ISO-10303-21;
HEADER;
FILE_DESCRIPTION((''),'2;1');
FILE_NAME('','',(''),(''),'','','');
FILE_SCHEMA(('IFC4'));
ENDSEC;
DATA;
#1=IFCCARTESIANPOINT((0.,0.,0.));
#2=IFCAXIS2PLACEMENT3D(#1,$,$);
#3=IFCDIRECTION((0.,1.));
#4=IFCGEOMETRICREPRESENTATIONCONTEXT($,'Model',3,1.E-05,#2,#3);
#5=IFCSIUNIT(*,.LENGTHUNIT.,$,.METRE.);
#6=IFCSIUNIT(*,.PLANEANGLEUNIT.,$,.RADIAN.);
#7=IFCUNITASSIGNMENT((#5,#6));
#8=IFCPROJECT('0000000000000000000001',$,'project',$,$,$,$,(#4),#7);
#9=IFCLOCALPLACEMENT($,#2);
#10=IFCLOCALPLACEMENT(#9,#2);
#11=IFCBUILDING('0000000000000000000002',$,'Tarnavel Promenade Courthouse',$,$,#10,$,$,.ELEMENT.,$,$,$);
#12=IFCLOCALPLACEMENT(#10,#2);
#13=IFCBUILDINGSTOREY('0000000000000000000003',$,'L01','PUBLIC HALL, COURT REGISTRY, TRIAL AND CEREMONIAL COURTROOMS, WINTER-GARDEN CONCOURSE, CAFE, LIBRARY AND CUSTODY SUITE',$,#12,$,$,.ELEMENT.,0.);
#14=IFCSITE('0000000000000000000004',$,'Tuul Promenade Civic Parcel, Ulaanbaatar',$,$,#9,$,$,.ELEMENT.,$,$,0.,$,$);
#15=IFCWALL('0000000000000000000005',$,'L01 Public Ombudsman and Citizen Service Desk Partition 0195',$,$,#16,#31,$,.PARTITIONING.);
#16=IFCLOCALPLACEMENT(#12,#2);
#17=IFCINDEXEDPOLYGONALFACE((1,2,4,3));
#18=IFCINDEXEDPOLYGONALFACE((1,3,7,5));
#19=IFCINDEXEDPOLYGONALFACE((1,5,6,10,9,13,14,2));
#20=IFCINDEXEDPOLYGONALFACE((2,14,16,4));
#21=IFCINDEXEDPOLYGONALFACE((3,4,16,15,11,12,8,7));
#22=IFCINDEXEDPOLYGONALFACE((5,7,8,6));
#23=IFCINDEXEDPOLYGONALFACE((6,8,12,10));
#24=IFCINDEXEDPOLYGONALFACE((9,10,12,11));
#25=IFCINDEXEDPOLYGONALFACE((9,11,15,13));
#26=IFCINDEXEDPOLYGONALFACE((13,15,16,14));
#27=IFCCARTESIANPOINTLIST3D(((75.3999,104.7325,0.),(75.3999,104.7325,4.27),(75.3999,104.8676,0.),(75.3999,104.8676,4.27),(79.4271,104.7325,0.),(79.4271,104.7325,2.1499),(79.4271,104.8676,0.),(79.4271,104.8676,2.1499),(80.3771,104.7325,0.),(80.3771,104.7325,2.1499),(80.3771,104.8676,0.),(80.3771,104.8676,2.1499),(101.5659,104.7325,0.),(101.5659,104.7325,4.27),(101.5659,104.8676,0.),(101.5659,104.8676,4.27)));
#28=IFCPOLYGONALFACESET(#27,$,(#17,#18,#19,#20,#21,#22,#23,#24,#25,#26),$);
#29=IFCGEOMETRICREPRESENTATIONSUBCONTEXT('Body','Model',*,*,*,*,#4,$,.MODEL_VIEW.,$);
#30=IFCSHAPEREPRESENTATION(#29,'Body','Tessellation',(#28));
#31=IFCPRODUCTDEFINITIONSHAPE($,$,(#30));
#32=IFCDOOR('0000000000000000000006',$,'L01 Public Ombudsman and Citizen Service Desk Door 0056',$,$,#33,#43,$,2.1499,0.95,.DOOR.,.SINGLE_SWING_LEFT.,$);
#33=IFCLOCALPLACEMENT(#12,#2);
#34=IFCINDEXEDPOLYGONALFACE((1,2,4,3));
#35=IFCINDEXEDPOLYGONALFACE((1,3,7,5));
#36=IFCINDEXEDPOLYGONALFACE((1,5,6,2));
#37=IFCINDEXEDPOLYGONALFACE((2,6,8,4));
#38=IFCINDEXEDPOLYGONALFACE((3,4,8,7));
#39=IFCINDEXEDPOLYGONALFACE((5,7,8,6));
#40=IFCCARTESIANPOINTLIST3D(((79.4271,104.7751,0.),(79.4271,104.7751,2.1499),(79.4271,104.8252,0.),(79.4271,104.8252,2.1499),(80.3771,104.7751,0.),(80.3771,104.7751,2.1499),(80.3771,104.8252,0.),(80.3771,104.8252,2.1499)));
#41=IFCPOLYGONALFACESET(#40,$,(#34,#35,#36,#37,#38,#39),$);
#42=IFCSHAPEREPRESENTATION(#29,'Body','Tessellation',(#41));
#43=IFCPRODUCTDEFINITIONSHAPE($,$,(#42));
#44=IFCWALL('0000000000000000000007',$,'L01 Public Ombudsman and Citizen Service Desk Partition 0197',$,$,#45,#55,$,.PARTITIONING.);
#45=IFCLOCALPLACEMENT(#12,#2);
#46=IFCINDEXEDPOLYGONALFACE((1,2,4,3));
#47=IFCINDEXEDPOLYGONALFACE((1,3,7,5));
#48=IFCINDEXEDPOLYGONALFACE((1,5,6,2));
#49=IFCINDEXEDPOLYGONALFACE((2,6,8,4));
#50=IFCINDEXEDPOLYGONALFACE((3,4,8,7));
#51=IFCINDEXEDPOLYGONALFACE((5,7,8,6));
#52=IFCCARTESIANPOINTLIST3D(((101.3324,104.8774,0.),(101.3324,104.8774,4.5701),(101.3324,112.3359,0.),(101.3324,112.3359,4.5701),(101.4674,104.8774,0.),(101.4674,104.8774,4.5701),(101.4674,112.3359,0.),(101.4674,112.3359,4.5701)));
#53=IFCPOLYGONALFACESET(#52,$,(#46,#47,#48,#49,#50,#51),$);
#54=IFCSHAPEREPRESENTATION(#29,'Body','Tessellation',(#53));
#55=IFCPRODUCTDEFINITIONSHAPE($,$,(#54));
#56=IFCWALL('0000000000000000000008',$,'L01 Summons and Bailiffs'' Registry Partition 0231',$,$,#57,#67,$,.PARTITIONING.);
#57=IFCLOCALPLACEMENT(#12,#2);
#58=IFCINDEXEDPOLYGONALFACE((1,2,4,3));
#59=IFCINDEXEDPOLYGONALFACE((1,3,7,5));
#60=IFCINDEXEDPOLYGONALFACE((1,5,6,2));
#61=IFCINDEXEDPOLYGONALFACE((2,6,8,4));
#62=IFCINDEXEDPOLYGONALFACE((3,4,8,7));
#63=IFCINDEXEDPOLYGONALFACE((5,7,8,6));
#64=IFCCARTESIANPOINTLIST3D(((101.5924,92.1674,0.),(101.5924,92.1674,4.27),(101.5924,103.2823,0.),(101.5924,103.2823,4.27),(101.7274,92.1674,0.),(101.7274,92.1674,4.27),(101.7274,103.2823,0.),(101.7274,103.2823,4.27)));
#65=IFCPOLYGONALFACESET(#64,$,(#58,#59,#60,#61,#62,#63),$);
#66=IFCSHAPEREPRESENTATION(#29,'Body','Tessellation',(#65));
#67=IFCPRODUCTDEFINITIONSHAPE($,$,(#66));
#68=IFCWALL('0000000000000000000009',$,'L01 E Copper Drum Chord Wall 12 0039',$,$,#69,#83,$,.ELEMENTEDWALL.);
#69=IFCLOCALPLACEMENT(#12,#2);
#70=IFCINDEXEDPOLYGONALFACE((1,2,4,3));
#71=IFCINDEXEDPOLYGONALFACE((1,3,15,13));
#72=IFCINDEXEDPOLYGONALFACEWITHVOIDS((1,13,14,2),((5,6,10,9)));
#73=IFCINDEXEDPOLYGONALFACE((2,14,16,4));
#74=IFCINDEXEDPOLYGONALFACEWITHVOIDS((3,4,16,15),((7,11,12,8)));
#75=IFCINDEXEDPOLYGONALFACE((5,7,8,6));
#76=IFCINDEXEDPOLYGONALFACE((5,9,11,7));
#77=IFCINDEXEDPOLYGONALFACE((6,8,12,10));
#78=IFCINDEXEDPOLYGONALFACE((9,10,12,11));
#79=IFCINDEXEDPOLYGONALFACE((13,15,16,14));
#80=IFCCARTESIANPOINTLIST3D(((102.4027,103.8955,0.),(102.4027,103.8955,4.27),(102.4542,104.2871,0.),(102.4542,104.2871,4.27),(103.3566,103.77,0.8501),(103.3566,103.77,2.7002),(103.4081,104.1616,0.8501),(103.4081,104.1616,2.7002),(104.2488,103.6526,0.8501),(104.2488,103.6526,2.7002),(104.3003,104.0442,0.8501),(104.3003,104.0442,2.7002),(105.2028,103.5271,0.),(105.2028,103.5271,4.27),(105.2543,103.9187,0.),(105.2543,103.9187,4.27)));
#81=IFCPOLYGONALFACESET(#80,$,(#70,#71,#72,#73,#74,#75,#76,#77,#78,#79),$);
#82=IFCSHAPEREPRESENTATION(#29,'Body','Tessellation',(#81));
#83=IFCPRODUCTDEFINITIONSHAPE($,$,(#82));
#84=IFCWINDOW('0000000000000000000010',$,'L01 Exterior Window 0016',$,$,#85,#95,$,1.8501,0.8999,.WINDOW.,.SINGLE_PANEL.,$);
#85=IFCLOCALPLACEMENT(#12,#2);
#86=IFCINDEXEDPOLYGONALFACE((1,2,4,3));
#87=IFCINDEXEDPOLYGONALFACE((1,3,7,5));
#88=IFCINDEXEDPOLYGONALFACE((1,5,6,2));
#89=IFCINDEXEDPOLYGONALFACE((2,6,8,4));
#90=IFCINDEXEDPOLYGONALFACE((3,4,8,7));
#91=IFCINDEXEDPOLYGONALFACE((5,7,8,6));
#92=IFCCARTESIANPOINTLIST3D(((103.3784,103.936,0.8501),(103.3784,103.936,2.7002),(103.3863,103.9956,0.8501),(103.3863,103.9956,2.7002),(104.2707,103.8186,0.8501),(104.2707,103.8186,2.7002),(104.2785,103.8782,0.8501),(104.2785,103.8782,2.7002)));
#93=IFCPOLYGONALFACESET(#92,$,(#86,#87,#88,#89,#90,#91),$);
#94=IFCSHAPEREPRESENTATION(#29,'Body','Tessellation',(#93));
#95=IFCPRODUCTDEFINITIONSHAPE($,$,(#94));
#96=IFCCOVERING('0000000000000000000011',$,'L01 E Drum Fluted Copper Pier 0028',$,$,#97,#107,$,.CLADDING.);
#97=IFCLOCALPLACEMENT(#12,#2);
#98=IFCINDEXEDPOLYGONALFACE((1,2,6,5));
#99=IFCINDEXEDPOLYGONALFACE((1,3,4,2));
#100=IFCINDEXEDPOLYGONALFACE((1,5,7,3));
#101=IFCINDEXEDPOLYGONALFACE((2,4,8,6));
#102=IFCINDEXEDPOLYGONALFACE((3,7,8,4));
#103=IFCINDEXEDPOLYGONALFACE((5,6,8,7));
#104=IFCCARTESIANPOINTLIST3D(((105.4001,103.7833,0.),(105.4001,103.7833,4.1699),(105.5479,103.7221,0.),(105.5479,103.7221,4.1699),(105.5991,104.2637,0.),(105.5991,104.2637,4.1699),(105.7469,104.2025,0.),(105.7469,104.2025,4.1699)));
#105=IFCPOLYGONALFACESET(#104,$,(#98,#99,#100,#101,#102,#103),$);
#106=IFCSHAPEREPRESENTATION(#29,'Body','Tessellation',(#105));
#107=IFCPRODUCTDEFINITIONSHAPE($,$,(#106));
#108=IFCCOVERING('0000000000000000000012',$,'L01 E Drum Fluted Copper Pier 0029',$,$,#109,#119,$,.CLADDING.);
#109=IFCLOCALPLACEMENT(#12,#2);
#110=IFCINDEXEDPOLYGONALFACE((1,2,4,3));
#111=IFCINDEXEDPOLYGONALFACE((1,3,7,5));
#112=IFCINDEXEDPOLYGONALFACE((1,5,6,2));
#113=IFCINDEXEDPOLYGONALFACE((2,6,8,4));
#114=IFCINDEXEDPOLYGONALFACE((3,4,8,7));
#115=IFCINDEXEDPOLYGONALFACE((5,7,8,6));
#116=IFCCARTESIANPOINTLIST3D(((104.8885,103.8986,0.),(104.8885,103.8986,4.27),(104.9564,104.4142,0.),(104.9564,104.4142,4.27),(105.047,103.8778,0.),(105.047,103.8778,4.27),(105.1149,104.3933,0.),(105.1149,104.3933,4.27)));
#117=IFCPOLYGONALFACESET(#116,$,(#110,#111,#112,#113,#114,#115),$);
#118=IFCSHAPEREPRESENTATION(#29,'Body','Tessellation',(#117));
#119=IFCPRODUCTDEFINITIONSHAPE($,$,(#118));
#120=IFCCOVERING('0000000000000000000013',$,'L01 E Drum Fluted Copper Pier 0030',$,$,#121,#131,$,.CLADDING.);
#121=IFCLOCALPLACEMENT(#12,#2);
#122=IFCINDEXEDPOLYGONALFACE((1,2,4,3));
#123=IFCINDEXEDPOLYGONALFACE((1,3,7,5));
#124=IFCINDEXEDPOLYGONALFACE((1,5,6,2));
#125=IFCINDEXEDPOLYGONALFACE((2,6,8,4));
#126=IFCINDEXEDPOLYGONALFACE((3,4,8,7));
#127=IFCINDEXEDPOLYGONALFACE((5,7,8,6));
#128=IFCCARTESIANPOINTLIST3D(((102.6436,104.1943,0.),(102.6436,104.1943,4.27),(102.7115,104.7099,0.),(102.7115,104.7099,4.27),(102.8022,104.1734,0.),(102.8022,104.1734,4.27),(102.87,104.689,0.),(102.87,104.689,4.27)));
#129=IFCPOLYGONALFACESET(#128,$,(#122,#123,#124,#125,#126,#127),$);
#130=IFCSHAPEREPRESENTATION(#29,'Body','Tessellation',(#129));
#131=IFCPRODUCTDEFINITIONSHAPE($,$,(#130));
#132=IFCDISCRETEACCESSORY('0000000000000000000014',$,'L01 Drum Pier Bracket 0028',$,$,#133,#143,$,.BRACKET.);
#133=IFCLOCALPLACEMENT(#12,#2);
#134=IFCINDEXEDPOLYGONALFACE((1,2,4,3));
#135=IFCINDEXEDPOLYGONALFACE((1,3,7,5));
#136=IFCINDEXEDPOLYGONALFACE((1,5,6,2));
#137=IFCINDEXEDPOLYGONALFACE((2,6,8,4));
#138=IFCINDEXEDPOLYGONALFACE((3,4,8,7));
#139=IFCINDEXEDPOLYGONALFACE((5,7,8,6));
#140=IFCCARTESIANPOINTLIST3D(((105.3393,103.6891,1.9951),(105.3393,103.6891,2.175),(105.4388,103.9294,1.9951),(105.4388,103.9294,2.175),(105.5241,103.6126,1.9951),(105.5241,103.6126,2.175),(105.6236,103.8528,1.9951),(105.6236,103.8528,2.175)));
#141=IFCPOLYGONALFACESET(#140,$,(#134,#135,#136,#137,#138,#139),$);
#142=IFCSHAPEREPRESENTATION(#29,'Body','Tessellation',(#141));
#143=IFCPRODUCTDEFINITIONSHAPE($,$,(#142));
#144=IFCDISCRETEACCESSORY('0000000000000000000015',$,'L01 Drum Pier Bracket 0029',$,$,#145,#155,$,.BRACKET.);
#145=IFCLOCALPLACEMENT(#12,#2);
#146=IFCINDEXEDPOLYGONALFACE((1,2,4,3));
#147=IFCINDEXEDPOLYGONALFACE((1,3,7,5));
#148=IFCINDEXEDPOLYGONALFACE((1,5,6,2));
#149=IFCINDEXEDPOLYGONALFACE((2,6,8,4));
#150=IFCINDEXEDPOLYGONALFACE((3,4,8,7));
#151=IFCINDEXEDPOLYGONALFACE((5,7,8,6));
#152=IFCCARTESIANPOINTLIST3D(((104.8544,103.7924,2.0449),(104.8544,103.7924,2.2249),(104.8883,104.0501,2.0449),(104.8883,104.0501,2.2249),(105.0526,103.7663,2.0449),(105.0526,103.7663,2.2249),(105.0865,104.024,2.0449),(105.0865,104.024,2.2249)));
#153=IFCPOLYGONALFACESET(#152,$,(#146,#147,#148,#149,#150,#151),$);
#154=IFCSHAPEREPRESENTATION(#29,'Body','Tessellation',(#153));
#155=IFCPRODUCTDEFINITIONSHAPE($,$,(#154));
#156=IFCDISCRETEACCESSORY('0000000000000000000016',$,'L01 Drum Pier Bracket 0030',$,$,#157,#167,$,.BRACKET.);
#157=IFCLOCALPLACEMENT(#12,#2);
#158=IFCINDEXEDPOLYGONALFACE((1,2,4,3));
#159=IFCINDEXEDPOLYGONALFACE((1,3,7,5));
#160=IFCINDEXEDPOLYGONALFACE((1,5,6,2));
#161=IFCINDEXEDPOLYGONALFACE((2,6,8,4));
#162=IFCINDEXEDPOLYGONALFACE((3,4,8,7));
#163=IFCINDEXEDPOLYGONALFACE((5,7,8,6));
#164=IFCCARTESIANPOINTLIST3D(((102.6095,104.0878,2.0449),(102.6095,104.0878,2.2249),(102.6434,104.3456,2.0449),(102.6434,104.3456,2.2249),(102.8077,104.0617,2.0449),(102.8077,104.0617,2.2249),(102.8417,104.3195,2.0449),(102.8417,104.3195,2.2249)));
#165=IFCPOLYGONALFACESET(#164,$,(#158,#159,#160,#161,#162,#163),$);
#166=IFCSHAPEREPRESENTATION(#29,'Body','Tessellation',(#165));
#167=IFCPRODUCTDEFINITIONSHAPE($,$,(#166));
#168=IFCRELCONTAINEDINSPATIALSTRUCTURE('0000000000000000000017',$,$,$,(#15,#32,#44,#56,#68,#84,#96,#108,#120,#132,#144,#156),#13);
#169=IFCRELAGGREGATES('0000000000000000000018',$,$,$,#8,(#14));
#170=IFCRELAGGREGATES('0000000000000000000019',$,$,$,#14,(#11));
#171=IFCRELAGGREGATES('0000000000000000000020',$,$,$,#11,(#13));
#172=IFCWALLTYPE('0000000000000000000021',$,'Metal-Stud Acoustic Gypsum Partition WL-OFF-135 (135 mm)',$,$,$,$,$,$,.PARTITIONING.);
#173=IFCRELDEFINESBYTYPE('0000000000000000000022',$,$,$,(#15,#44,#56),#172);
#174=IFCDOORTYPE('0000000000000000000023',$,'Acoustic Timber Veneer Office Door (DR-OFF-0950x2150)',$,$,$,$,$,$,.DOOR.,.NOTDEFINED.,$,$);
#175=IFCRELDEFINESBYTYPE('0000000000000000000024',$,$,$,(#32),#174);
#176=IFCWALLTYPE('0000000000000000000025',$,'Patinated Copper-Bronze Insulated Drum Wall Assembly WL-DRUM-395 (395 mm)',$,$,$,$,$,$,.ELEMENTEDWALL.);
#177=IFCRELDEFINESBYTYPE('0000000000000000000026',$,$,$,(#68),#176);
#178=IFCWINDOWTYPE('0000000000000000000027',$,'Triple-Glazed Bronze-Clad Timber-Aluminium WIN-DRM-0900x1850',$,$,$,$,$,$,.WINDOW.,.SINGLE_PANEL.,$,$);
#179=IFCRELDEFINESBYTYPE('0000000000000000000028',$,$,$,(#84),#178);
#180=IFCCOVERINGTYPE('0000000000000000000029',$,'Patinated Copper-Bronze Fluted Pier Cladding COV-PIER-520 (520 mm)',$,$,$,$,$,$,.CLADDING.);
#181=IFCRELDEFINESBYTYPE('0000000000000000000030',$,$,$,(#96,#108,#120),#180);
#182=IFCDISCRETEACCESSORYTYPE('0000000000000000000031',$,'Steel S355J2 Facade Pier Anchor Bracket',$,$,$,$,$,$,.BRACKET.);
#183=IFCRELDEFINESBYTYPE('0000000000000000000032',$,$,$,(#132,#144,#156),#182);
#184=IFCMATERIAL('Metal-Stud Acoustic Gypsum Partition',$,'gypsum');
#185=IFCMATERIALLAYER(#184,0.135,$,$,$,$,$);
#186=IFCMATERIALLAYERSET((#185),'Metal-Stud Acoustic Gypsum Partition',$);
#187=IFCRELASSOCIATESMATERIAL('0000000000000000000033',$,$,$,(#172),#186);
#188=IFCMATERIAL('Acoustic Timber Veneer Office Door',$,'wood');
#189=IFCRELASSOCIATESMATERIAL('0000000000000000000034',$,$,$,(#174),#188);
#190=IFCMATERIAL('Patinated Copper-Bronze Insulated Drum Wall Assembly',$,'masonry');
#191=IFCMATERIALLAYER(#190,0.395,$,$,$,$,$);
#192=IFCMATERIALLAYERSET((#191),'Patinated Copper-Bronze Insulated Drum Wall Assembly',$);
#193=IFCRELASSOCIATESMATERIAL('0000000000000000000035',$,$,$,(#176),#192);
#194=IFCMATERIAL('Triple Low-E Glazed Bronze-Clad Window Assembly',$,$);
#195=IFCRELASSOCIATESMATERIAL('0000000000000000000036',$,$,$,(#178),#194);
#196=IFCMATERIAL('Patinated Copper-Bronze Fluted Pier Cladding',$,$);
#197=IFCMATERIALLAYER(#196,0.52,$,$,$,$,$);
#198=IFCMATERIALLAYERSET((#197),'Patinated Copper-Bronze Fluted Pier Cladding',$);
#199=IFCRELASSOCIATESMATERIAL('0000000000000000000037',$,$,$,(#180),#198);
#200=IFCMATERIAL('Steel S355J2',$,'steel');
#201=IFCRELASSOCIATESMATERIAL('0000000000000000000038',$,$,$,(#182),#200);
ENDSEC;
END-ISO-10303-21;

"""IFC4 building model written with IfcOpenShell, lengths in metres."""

from ifc_helpers import new_model, si_unit, direction, frame, frame_2d, origin, origin_2d, place, context, subcontext, project, spatial, rectangle, extrude, material, layer, layer_set, type_object, element, fill, save


model = new_model("IFC4")

# Units and contexts
model_context = context("Model", 3, precision=1e-05, world=origin(), true_north=direction((0.0, 1.0)))
body_context = subcontext(model_context, "Body", "Model", "MODEL_VIEW")
ifc_project = project(units=[si_unit("LENGTHUNIT", "METRE"), si_unit("PLANEANGLEUNIT", "RADIAN")], contexts=[model_context])

# Site, building, storey
site_placement = place(None, origin())
site = spatial("IfcSite", under=ifc_project, at=site_placement, Name="Tuul Promenade Civic Parcel, Ulaanbaatar", CompositionType="ELEMENT", RefElevation=0.0)
building_placement = place(site_placement, origin())
building = spatial("IfcBuilding", under=site, at=building_placement, Name="Tarnavel Promenade Courthouse", CompositionType="ELEMENT")
storey_placement = place(building_placement, origin())
storey = spatial("IfcBuildingStorey", under=building, at=storey_placement, Name="L01", Description="PUBLIC HALL, COURT REGISTRY, TRIAL AND CEREMONIAL COURTROOMS, WINTER-GARDEN CONCOURSE, CAFE, LIBRARY AND CUSTODY SUITE", CompositionType="ELEMENT", Elevation=0.0)

# Shared definitions
ifc_material_1 = material(Name="Triple Low-E Glazed Bronze-Clad Window Assembly")

# Wall, opening, door
ifc_material_2 = material(Name="Metal-Stud Acoustic Gypsum Partition", Category="gypsum")
ifc_layer_1 = layer(ifc_material_2, 0.135)
ifc_layer_set_1 = layer_set([ifc_layer_1], Name="Metal-Stud Acoustic Gypsum Partition")
wall_type_1 = type_object("IfcWallType", Name="Metal-Stud Acoustic Gypsum Partition WL-OFF-135 (135 mm)", PredefinedType="PARTITIONING", material=ifc_layer_set_1)
wall_1_placement = place(storey_placement, frame((101.5659, 104.8, 0.0), z_axis=(0.0, 0.0, 1.0), x_axis=(-1.0, 0.0, 0.0)))
wall_1 = element("IfcWall", 1, at=wall_1_placement, inside=storey, type_object=wall_type_1, Name="L01 Public Ombudsman and Citizen Service Desk Partition 0195", PredefinedType="PARTITIONING", context=body_context, shape_type="SweptSolid", body=[
    extrude(rectangle(XDim=26.166, YDim=0.135, at=frame_2d((13.083, 0.0))), origin(), (0.0, 0.0, 1.0), 4.27),
])
opening_1_placement = place(wall_1_placement, frame((21.1887, 0.0, 0.0)))
opening_1 = element("IfcOpeningElement", 2, at=opening_1_placement, cuts=wall_1, PredefinedType="OPENING", context=body_context, shape_type="SweptSolid", body=[
    extrude(rectangle(XDim=0.95, YDim=2.1499, at=frame_2d((0.4751, 1.075))), frame((0.0, 0.0774, 0.0), z_axis=(0.0, -1.0, 0.0), x_axis=(1.0, 0.0, 0.0)), (0.0, 0.0, 1.0), 0.155),
])
ifc_material_3 = material(Name="Acoustic Timber Veneer Office Door", Category="wood")
door_type_1 = type_object("IfcDoorType", Name="Acoustic Timber Veneer Office Door (DR-OFF-0950x2150)", OperationType="NOTDEFINED", PredefinedType="DOOR", material=ifc_material_3)
door_1_placement = place(opening_1_placement, origin())
door_1 = element("IfcDoor", 3, at=door_1_placement, inside=storey, type_object=door_type_1, Name="L01 Public Ombudsman and Citizen Service Desk Door 0056", OperationType="SINGLE_SWING_LEFT", OverallHeight=2.1499, OverallWidth=0.95, PredefinedType="DOOR", context=body_context, shape_type="SweptSolid", body=[
    extrude(rectangle(XDim=0.95, YDim=2.1499, at=frame_2d((0.4751, 1.075))), frame((0.0, 0.0249, 0.0), z_axis=(0.0, -1.0, 0.0), x_axis=(1.0, 0.0, 0.0)), (0.0, 0.0, 1.0), 0.05),
])
fill(opening_1, door_1)

# Walls
wall_2_placement = place(storey_placement, frame((101.3999, 112.3359, 0.0), z_axis=(0.0, 0.0, 1.0), x_axis=(0.0, -1.0, 0.0)))
element("IfcWall", 4, at=wall_2_placement, inside=storey, type_object=wall_type_1, Name="L01 Public Ombudsman and Citizen Service Desk Partition 0197", PredefinedType="PARTITIONING", context=body_context, shape_type="SweptSolid", body=[
    extrude(rectangle(XDim=7.4585, YDim=0.135, at=frame_2d((3.7292, 0.0))), origin(), (0.0, 0.0, 1.0), 4.5701),
])
wall_3_placement = place(storey_placement, frame((101.6599, 103.2825, 0.0), z_axis=(0.0, 0.0, 1.0), x_axis=(0.0, -1.0, 0.0)))
element("IfcWall", 5, at=wall_3_placement, inside=storey, type_object=wall_type_1, Name="L01 Summons and Bailiffs' Registry Partition 0231", PredefinedType="PARTITIONING", context=body_context, shape_type="SweptSolid", body=[
    extrude(rectangle(XDim=11.115, YDim=0.135, at=frame_2d((5.5576, 0.0))), origin(), (0.0, 0.0, 1.0), 4.27),
])

# Wall, opening, window
ifc_material_4 = material(Name="Patinated Copper-Bronze Insulated Drum Wall Assembly", Category="masonry")
ifc_layer_2 = layer(ifc_material_4, 0.395)
ifc_layer_set_2 = layer_set([ifc_layer_2], Name="Patinated Copper-Bronze Insulated Drum Wall Assembly")
wall_type_2 = type_object("IfcWallType", Name="Patinated Copper-Bronze Insulated Drum Wall Assembly WL-DRUM-395 (395 mm)", PredefinedType="ELEMENTEDWALL", material=ifc_layer_set_2)
wall_4_placement = place(storey_placement, frame((105.2285, 103.7229, 0.0), z_axis=(0.0, 0.0, 1.0), x_axis=(-0.991455, 0.130448, 0.0)))
wall_4 = element("IfcWall", 6, at=wall_4_placement, inside=storey, type_object=wall_type_2, Name="L01 E Copper Drum Chord Wall 12 0039", PredefinedType="ELEMENTEDWALL", context=body_context, shape_type="SweptSolid", body=[
    extrude(rectangle(XDim=2.8242, YDim=0.395, at=frame_2d((1.4121, 0.0))), origin(), (0.0, 0.0, 1.0), 4.27),
])
opening_2_placement = place(wall_4_placement, frame((0.9622, 0.0, 0.8501)))
opening_2 = element("IfcOpeningElement", 7, at=opening_2_placement, cuts=wall_4, PredefinedType="OPENING", context=body_context, shape_type="SweptSolid", body=[
    extrude(rectangle(XDim=0.8999, YDim=1.8501, at=frame_2d((0.45, 0.925))), frame((0.0, 0.2075, 0.0), z_axis=(0.0, -1.0, 0.0), x_axis=(1.0, 0.0, 0.0)), (0.0, 0.0, 1.0), 0.415),
])
window_type_1 = type_object("IfcWindowType", Name="Triple-Glazed Bronze-Clad Timber-Aluminium WIN-DRM-0900x1850", PartitioningType="SINGLE_PANEL", PredefinedType="WINDOW", material=ifc_material_1)
window_1_placement = place(opening_2_placement, origin())
window_1 = element("IfcWindow", 8, at=window_1_placement, inside=storey, type_object=window_type_1, Name="L01 Exterior Window 0016", OverallHeight=1.8501, OverallWidth=0.8999, PartitioningType="SINGLE_PANEL", PredefinedType="WINDOW", context=body_context, shape_type="SweptSolid", body=[
    extrude(rectangle(XDim=0.8999, YDim=1.8501, at=frame_2d((0.45, 0.925))), frame((0.0, 0.03, 0.0), z_axis=(0.0, -1.0, 0.0), x_axis=(1.0, 0.0, 0.0)), (0.0, 0.0, 1.0), 0.0601),
])
fill(opening_2, window_1)

# Coverings
ifc_material_5 = material(Name="Patinated Copper-Bronze Fluted Pier Cladding")
ifc_layer_3 = layer(ifc_material_5, 0.52)
ifc_layer_set_3 = layer_set([ifc_layer_3], Name="Patinated Copper-Bronze Fluted Pier Cladding")
covering_type = type_object("IfcCoveringType", Name="Patinated Copper-Bronze Fluted Pier Cladding COV-PIER-520 (520 mm)", PredefinedType="CLADDING", material=ifc_layer_set_3)
covering_placement = place(storey_placement, frame((105.5735, 103.9929, 0.0), z_axis=(0.0, 0.0, 1.0), x_axis=(-0.92388, 0.382683, 0.0)))
element("IfcCovering", 9, at=covering_placement, inside=storey, type_object=covering_type, Name="L01 E Drum Fluted Copper Pier 0028", PredefinedType="CLADDING", context=body_context, shape_type="SweptSolid", body=[
    extrude(rectangle(XDim=0.1599, YDim=0.52, at=origin_2d()), origin(), (0.0, 0.0, 1.0), 4.1699),
])
for number, where, z_axis, x_axis, name in (
    (10, (105.0017, 104.146, 0.0), (0.0, 0.0, 1.0), (-0.991445, 0.130526, 0.0), "L01 E Drum Fluted Copper Pier 0029"),
    (11, (102.7568, 104.4417, 0.0), (0.0, 0.0, 1.0), (-0.991445, 0.130526, 0.0), "L01 E Drum Fluted Copper Pier 0030"),
):
    element("IfcCovering", number, at=place(storey_placement, frame(where, z_axis=z_axis, x_axis=x_axis)), inside=storey, type_object=covering_type, Name=name, PredefinedType="CLADDING", context=body_context, shape_type="SweptSolid", body=[
        extrude(rectangle(XDim=0.1599, YDim=0.52, at=origin_2d()), origin(), (0.0, 0.0, 1.0), 4.27),
    ])

# Discrete accessories
ifc_material_6 = material(Name="Steel S355J2", Category="steel")
discrete_accessory_type = type_object("IfcDiscreteAccessoryType", Name="Steel S355J2 Facade Pier Anchor Bracket", PredefinedType="BRACKET", material=ifc_material_6)
for number, where, z_axis, x_axis, name in (
    (12, (105.4814, 103.771, 1.9951), (0.0, 0.0, 1.0), (-0.92388, 0.382683, 0.0), "L01 Drum Pier Bracket 0028"),
    (13, (104.9705, 103.9082, 2.0449), (0.0, 0.0, 1.0), (-0.991445, 0.130526, 0.0), "L01 Drum Pier Bracket 0029"),
    (14, (102.7256, 104.2036, 2.0449), (0.0, 0.0, 1.0), (-0.991445, 0.130526, 0.0), "L01 Drum Pier Bracket 0030"),
):
    element("IfcDiscreteAccessory", number, at=place(storey_placement, frame(where, z_axis=z_axis, x_axis=x_axis)), inside=storey, type_object=discrete_accessory_type, Name=name, PredefinedType="BRACKET", context=body_context, shape_type="SweptSolid", body=[
        extrude(rectangle(XDim=0.2, YDim=0.26, at=origin_2d()), origin(), (0.0, 0.0, 1.0), 0.1799),
    ])

save(model, "model.ifc")
